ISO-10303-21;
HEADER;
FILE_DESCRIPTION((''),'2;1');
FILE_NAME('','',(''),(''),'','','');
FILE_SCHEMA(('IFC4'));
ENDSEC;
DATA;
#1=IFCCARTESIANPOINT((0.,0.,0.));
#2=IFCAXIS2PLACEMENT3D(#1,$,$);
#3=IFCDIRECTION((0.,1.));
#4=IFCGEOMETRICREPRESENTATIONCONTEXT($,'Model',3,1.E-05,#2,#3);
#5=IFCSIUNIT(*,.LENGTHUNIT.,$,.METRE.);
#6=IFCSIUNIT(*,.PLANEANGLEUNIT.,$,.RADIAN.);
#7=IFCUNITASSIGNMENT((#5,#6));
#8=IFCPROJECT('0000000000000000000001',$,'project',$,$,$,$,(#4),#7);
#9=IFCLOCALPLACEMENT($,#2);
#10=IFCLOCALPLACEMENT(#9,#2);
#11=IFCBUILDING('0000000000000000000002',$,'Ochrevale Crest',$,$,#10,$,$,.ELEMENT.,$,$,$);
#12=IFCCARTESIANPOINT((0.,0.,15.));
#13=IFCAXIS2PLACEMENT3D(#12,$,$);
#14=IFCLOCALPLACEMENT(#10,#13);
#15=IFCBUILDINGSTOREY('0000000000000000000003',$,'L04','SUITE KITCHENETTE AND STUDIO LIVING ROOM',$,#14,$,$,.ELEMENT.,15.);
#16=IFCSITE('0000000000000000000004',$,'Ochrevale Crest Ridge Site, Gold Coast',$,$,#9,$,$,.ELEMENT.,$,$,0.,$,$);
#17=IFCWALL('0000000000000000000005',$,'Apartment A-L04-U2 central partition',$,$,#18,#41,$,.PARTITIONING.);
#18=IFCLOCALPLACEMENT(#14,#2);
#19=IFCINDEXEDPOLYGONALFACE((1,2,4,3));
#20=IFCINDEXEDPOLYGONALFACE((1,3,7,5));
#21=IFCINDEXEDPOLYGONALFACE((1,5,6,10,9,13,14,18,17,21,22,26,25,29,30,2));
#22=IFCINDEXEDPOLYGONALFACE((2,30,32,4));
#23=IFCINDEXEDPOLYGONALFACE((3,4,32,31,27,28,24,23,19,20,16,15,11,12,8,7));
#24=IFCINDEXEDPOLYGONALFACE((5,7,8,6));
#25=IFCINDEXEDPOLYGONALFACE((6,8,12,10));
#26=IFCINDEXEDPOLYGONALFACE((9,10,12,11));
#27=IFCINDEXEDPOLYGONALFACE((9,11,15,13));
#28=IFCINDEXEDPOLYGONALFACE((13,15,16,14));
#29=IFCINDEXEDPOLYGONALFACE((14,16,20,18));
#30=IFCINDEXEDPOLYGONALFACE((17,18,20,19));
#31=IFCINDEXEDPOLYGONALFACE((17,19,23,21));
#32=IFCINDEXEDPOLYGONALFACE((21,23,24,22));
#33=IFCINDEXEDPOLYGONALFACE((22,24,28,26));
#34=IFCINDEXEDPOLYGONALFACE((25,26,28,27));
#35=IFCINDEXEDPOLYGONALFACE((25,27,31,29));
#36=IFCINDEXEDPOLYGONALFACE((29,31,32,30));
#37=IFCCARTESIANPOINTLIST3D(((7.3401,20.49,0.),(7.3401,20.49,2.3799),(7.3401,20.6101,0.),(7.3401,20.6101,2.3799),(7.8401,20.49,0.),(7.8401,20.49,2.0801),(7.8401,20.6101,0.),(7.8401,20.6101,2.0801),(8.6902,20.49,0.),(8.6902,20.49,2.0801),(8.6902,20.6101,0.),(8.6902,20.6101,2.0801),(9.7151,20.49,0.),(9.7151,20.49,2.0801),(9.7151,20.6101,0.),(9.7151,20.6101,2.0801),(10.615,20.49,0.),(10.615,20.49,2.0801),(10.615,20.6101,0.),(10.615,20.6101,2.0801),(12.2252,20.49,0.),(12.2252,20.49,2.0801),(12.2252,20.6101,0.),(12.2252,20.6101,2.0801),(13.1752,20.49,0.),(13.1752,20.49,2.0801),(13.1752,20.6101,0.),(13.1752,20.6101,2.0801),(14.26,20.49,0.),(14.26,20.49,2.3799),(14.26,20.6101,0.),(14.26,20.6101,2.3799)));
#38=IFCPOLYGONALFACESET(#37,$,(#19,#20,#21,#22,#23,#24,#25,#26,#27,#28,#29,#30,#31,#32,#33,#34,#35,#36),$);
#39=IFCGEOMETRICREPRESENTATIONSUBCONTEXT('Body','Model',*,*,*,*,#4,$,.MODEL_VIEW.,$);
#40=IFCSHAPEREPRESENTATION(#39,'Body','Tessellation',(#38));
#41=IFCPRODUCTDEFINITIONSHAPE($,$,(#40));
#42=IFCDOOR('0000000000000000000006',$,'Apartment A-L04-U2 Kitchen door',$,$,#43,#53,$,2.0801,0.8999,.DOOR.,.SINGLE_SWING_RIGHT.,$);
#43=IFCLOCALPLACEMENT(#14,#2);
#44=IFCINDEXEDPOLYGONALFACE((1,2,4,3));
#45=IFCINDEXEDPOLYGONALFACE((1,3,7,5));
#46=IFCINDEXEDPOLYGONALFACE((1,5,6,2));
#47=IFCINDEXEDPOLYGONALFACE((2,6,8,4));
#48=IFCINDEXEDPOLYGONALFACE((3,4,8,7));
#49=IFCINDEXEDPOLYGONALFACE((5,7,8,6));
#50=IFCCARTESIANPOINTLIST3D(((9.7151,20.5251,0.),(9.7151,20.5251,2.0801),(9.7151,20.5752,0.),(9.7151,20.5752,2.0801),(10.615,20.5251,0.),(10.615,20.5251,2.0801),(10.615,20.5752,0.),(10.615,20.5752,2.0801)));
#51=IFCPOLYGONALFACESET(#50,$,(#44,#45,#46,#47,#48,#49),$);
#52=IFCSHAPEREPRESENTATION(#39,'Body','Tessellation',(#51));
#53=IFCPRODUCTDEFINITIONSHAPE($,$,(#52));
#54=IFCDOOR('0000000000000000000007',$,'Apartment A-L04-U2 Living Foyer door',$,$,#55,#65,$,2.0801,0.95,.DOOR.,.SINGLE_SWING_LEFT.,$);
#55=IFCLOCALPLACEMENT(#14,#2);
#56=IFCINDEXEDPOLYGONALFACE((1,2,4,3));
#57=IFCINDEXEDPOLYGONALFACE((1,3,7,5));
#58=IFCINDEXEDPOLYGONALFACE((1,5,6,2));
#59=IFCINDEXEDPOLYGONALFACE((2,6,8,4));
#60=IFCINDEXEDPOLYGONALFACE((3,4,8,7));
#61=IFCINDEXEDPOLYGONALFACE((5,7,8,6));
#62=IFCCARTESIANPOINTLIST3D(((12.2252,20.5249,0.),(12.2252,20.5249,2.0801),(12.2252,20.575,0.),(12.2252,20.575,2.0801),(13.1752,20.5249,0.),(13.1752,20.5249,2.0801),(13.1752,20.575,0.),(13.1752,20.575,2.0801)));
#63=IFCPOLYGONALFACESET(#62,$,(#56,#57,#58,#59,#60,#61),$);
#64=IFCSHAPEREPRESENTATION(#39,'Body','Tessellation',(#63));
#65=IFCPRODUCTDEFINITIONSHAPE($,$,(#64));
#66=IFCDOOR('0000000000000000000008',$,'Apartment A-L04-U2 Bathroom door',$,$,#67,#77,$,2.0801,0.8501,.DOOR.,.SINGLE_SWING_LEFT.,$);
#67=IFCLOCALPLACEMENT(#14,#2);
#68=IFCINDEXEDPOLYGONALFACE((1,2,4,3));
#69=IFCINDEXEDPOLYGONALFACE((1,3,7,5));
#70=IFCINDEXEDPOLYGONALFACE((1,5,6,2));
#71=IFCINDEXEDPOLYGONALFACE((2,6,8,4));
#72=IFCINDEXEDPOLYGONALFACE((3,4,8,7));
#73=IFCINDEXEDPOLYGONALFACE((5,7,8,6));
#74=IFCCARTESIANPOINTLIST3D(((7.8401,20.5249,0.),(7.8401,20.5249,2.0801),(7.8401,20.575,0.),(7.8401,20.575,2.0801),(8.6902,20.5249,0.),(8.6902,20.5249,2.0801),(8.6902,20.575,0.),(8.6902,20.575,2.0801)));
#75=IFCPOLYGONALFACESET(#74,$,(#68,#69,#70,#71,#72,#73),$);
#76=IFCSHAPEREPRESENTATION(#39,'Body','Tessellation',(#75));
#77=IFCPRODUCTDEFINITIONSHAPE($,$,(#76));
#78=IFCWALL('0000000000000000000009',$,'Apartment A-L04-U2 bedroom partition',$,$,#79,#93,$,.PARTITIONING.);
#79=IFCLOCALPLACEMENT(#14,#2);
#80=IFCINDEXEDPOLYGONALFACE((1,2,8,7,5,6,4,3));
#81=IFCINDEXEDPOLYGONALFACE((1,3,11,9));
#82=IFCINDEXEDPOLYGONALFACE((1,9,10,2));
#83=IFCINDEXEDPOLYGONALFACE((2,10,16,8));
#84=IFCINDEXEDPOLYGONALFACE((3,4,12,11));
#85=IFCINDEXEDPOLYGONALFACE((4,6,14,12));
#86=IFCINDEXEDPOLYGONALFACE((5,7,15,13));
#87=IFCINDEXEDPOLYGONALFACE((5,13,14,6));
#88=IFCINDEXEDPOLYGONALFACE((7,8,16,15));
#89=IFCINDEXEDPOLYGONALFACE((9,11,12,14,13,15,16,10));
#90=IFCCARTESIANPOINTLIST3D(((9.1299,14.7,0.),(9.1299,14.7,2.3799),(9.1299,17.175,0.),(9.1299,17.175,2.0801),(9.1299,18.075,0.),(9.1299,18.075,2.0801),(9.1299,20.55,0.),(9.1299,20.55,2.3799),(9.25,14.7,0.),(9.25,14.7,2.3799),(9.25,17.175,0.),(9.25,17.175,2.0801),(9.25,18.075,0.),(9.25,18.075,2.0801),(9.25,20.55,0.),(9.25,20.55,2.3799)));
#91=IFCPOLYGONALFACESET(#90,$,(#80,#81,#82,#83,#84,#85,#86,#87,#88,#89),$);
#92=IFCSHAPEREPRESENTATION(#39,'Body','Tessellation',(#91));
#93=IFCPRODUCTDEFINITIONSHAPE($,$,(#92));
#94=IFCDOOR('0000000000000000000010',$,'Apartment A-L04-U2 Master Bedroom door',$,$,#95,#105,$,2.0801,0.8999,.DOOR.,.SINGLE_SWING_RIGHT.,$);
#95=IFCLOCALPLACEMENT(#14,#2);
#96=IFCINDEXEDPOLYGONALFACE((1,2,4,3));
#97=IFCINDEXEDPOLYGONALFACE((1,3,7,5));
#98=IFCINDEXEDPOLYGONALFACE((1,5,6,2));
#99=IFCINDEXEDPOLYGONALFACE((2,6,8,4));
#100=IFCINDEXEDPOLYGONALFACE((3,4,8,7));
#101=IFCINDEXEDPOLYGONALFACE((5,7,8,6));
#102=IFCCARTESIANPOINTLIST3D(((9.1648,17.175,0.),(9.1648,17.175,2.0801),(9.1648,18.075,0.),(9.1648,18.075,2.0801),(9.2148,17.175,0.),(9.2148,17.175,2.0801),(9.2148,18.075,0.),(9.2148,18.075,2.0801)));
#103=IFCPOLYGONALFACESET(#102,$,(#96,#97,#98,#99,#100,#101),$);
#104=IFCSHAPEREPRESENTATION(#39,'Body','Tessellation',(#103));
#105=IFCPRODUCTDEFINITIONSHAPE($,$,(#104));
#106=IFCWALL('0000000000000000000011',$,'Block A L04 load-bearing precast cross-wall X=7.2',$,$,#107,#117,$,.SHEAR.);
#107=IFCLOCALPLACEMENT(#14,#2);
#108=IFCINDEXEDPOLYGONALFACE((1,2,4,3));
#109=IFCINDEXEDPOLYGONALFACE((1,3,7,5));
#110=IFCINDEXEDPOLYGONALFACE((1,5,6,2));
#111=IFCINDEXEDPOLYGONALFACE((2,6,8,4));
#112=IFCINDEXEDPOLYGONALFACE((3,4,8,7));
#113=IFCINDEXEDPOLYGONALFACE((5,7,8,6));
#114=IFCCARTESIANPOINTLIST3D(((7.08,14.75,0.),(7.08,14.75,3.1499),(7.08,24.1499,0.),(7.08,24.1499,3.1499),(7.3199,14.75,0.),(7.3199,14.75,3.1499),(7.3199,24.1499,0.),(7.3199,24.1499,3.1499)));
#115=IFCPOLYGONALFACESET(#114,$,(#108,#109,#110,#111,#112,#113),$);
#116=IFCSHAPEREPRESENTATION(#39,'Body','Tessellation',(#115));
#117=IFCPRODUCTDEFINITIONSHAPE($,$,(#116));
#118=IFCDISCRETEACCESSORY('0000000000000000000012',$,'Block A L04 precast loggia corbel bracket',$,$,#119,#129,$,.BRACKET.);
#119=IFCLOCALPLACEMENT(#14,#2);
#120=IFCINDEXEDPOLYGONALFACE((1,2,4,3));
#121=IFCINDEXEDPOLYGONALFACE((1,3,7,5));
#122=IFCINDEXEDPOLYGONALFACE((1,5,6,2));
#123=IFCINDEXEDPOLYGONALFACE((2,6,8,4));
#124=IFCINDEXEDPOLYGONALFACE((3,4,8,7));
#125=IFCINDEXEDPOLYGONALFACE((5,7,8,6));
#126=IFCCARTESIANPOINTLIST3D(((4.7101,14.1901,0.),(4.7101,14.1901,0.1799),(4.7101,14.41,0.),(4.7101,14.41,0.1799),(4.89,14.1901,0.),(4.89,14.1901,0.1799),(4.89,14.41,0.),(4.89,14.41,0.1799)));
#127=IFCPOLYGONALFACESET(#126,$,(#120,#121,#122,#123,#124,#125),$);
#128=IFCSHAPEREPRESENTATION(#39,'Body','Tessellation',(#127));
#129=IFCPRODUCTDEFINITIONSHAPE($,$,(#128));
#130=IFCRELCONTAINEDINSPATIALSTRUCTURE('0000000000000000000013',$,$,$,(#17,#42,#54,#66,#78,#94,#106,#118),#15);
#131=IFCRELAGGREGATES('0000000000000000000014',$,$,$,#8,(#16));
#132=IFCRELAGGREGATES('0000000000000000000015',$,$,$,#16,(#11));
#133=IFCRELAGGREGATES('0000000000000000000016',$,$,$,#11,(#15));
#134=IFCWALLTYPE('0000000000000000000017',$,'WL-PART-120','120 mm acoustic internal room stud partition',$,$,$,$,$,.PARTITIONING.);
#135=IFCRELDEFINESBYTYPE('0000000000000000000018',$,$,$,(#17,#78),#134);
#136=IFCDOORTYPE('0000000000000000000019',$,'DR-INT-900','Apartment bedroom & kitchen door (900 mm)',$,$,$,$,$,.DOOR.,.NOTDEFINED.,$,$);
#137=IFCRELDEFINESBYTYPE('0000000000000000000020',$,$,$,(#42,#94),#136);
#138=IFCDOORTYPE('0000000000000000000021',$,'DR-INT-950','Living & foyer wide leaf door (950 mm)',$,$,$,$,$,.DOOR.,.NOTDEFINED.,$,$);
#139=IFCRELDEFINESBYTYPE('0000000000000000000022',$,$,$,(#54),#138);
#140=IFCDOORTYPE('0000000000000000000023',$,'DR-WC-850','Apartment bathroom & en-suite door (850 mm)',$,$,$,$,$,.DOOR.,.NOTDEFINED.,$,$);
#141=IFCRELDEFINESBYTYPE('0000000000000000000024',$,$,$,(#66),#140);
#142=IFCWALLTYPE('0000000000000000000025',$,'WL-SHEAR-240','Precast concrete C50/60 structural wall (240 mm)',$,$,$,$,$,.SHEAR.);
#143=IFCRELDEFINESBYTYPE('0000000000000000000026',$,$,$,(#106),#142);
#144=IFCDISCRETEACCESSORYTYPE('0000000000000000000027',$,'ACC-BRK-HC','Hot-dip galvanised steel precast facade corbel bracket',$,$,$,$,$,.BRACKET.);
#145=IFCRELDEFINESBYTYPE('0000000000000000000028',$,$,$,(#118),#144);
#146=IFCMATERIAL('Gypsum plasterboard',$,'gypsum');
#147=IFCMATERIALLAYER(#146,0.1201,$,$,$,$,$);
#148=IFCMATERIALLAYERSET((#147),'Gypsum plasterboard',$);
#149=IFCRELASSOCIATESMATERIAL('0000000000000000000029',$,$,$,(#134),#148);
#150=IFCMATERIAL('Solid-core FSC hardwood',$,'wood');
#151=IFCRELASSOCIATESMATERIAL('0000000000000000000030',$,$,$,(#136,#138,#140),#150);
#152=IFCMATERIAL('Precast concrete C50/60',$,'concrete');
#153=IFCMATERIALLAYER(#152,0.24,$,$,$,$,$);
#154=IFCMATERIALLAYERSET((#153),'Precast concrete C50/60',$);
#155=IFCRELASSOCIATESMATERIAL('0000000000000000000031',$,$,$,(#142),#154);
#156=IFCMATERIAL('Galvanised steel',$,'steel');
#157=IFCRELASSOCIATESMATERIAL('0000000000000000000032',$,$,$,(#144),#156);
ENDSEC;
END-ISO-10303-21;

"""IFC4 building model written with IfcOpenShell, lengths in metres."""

from ifc_helpers import new_model, si_unit, direction, frame, frame_2d, origin, origin_2d, place, context, subcontext, project, spatial, rectangle, extrude, material, layer, layer_set, type_object, element, fill, save


model = new_model("IFC4")

# Units and contexts
model_context = context("Model", 3, precision=1e-05, world=origin(), true_north=direction((0.0, 1.0)))
body_context = subcontext(model_context, "Body", "Model", "MODEL_VIEW")
ifc_project = project(units=[si_unit("LENGTHUNIT", "METRE"), si_unit("PLANEANGLEUNIT", "RADIAN")], contexts=[model_context])

# Site, building, storey
site_placement = place(None, origin())
site = spatial("IfcSite", under=ifc_project, at=site_placement, Name="Ochrevale Crest Ridge Site, Gold Coast", CompositionType="ELEMENT", RefElevation=0.0)
building_placement = place(site_placement, origin())
building = spatial("IfcBuilding", under=site, at=building_placement, Name="Ochrevale Crest", CompositionType="ELEMENT")
storey_placement = place(building_placement, frame((0.0, 0.0, 15.0)))
storey = spatial("IfcBuildingStorey", under=building, at=storey_placement, Name="L04", Description="SUITE KITCHENETTE AND STUDIO LIVING ROOM", CompositionType="ELEMENT", Elevation=15.0)

# Shared definitions
ifc_material_1 = material(Name="Precast concrete C50/60", Category="concrete")

# Shared definitions
ifc_material_2 = material(Name="Gypsum plasterboard", Category="gypsum")
ifc_layer_1 = layer(ifc_material_2, 0.1201)
ifc_layer_set_1 = layer_set([ifc_layer_1], Name="Gypsum plasterboard")
wall_type_1 = type_object("IfcWallType", Name="WL-PART-120", Description="120 mm acoustic internal room stud partition", PredefinedType="PARTITIONING", material=ifc_layer_set_1)

# Shared definitions
ifc_material_3 = material(Name="Solid-core FSC hardwood", Category="wood")
door_type_1 = type_object("IfcDoorType", Name="DR-INT-900", Description="Apartment bedroom & kitchen door (900 mm)", OperationType="NOTDEFINED", PredefinedType="DOOR", material=ifc_material_3)

# Wall, openings, doors
wall_1_placement = place(storey_placement, frame((7.3401, 20.55, 0.0), z_axis=(0.0, 0.0, 1.0), x_axis=(1.0, 0.0, 0.0)))
wall_1 = element("IfcWall", 1, at=wall_1_placement, inside=storey, type_object=wall_type_1, Name="Apartment A-L04-U2 central partition", PredefinedType="PARTITIONING", context=body_context, shape_type="SweptSolid", body=[
    extrude(rectangle(XDim=6.9199, YDim=0.1201, at=frame_2d((3.46, 0.0))), origin(), (0.0, 0.0, 1.0), 2.3799),
])
opening_1_placement = place(wall_1_placement, frame((0.5, 0.0, 0.0)))
opening_1 = element("IfcOpeningElement", 2, at=opening_1_placement, cuts=wall_1, PredefinedType="OPENING", context=body_context, shape_type="SweptSolid", body=[
    extrude(rectangle(XDim=0.8501, YDim=2.0801, at=frame_2d((0.425, 1.04))), frame((0.0, 0.0701, 0.0), z_axis=(0.0, -1.0, 0.0), x_axis=(1.0, 0.0, 0.0)), (0.0, 0.0, 1.0), 0.1401),
])
opening_2_placement = place(wall_1_placement, frame((3.2749, 0.0, 0.0), z_axis=(0.0, 0.0, 1.0), x_axis=(-1.0, 0.0, 0.0)))
opening_2 = element("IfcOpeningElement", 3, at=opening_2_placement, cuts=wall_1, PredefinedType="OPENING", context=body_context, shape_type="SweptSolid", body=[
    extrude(rectangle(XDim=0.8999, YDim=2.0801, at=frame_2d((0.45, 1.04))), frame((0.0, 0.0701, 0.0), z_axis=(0.0, -1.0, 0.0), x_axis=(1.0, 0.0, 0.0)), (0.0, 0.0, 1.0), 0.1401),
])
opening_3_placement = place(wall_1_placement, frame((4.885, 0.0, 0.0)))
opening_3 = element("IfcOpeningElement", 4, at=opening_3_placement, cuts=wall_1, PredefinedType="OPENING", context=body_context, shape_type="SweptSolid", body=[
    extrude(rectangle(XDim=0.95, YDim=2.0801, at=frame_2d((0.4751, 1.04))), frame((0.0, 0.0701, 0.0), z_axis=(0.0, -1.0, 0.0), x_axis=(1.0, 0.0, 0.0)), (0.0, 0.0, 1.0), 0.1401),
])
door_1_placement = place(opening_2_placement, origin())
door_1 = element("IfcDoor", 5, at=door_1_placement, inside=storey, type_object=door_type_1, Name="Apartment A-L04-U2 Kitchen door", OperationType="SINGLE_SWING_RIGHT", OverallHeight=2.0801, OverallWidth=0.8999, PredefinedType="DOOR", context=body_context, shape_type="SweptSolid", body=[
    extrude(rectangle(XDim=0.8999, YDim=2.0801, at=frame_2d((0.45, 1.04))), frame((0.0, 0.0249, 0.0), z_axis=(0.0, -1.0, 0.0), x_axis=(1.0, 0.0, 0.0)), (0.0, 0.0, 1.0), 0.05),
])
fill(opening_2, door_1)
door_type_2 = type_object("IfcDoorType", Name="DR-INT-950", Description="Living & foyer wide leaf door (950 mm)", OperationType="NOTDEFINED", PredefinedType="DOOR", material=ifc_material_3)
door_2_placement = place(opening_3_placement, origin())
door_2 = element("IfcDoor", 6, at=door_2_placement, inside=storey, type_object=door_type_2, Name="Apartment A-L04-U2 Living Foyer door", OperationType="SINGLE_SWING_LEFT", OverallHeight=2.0801, OverallWidth=0.95, PredefinedType="DOOR", context=body_context, shape_type="SweptSolid", body=[
    extrude(rectangle(XDim=0.95, YDim=2.0801, at=frame_2d((0.4751, 1.04))), frame((0.0, 0.0249, 0.0), z_axis=(0.0, -1.0, 0.0), x_axis=(1.0, 0.0, 0.0)), (0.0, 0.0, 1.0), 0.05),
])
fill(opening_3, door_2)
door_type_3 = type_object("IfcDoorType", Name="DR-WC-850", Description="Apartment bathroom & en-suite door (850 mm)", OperationType="NOTDEFINED", PredefinedType="DOOR", material=ifc_material_3)
door_3_placement = place(opening_1_placement, origin())
door_3 = element("IfcDoor", 7, at=door_3_placement, inside=storey, type_object=door_type_3, Name="Apartment A-L04-U2 Bathroom door", OperationType="SINGLE_SWING_LEFT", OverallHeight=2.0801, OverallWidth=0.8501, PredefinedType="DOOR", context=body_context, shape_type="SweptSolid", body=[
    extrude(rectangle(XDim=0.8501, YDim=2.0801, at=frame_2d((0.425, 1.04))), frame((0.0, 0.0249, 0.0), z_axis=(0.0, -1.0, 0.0), x_axis=(1.0, 0.0, 0.0)), (0.0, 0.0, 1.0), 0.05),
])
fill(opening_1, door_3)

# Wall, opening, door
wall_2_placement = place(storey_placement, frame((9.1899, 14.7, 0.0), z_axis=(0.0, 0.0, 1.0), x_axis=(0.0, 1.0, 0.0)))
wall_2 = element("IfcWall", 8, at=wall_2_placement, inside=storey, type_object=wall_type_1, Name="Apartment A-L04-U2 bedroom partition", PredefinedType="PARTITIONING", context=body_context, shape_type="SweptSolid", body=[
    extrude(rectangle(XDim=5.8501, YDim=0.1201, at=frame_2d((2.925, 0.0))), origin(), (0.0, 0.0, 1.0), 2.3799),
])
opening_4_placement = place(wall_2_placement, frame((3.375, 0.0, 0.0), z_axis=(0.0, 0.0, 1.0), x_axis=(-1.0, 0.0, 0.0)))
opening_4 = element("IfcOpeningElement", 9, at=opening_4_placement, cuts=wall_2, PredefinedType="OPENING", context=body_context, shape_type="SweptSolid", body=[
    extrude(rectangle(XDim=0.8999, YDim=2.0801, at=frame_2d((0.45, 1.04))), frame((0.0, 0.0701, 0.0), z_axis=(0.0, -1.0, 0.0), x_axis=(1.0, 0.0, 0.0)), (0.0, 0.0, 1.0), 0.1401),
])
door_4_placement = place(opening_4_placement, origin())
door_4 = element("IfcDoor", 10, at=door_4_placement, inside=storey, type_object=door_type_1, Name="Apartment A-L04-U2 Master Bedroom door", OperationType="SINGLE_SWING_RIGHT", OverallHeight=2.0801, OverallWidth=0.8999, PredefinedType="DOOR", context=body_context, shape_type="SweptSolid", body=[
    extrude(rectangle(XDim=0.8999, YDim=2.0801, at=frame_2d((0.45, 1.04))), frame((0.0, 0.0249, 0.0), z_axis=(0.0, -1.0, 0.0), x_axis=(1.0, 0.0, 0.0)), (0.0, 0.0, 1.0), 0.05),
])
fill(opening_4, door_4)

# Wall
ifc_layer_2 = layer(ifc_material_1, 0.24)
ifc_layer_set_2 = layer_set([ifc_layer_2], Name="Precast concrete C50/60")
wall_type_2 = type_object("IfcWallType", Name="WL-SHEAR-240", Description="Precast concrete C50/60 structural wall (240 mm)", PredefinedType="SHEAR", material=ifc_layer_set_2)
wall_3_placement = place(storey_placement, frame((7.2, 14.75, 0.0), z_axis=(0.0, 0.0, 1.0), x_axis=(0.0, 1.0, 0.0)))
element("IfcWall", 11, at=wall_3_placement, inside=storey, type_object=wall_type_2, Name="Block A L04 load-bearing precast cross-wall X=7.2", PredefinedType="SHEAR", context=body_context, shape_type="SweptSolid", body=[
    extrude(rectangle(XDim=9.3999, YDim=0.24, at=frame_2d((4.7, 0.0))), origin(), (0.0, 0.0, 1.0), 3.1499),
])

# Discrete accessory
ifc_material_4 = material(Name="Galvanised steel", Category="steel")
discrete_accessory_type = type_object("IfcDiscreteAccessoryType", Name="ACC-BRK-HC", Description="Hot-dip galvanised steel precast facade corbel bracket", PredefinedType="BRACKET", material=ifc_material_4)
discrete_accessory_placement = place(storey_placement, frame((4.8, 14.3, 0.0), z_axis=(0.0, 0.0, 1.0), x_axis=(1.0, 0.0, 0.0)))
element("IfcDiscreteAccessory", 12, at=discrete_accessory_placement, inside=storey, type_object=discrete_accessory_type, Name="Block A L04 precast loggia corbel bracket", PredefinedType="BRACKET", context=body_context, shape_type="SweptSolid", body=[
    extrude(rectangle(XDim=0.1799, YDim=0.22, at=origin_2d()), origin(), (0.0, 0.0, 1.0), 0.1799),
])

save(model, "model.ifc")
